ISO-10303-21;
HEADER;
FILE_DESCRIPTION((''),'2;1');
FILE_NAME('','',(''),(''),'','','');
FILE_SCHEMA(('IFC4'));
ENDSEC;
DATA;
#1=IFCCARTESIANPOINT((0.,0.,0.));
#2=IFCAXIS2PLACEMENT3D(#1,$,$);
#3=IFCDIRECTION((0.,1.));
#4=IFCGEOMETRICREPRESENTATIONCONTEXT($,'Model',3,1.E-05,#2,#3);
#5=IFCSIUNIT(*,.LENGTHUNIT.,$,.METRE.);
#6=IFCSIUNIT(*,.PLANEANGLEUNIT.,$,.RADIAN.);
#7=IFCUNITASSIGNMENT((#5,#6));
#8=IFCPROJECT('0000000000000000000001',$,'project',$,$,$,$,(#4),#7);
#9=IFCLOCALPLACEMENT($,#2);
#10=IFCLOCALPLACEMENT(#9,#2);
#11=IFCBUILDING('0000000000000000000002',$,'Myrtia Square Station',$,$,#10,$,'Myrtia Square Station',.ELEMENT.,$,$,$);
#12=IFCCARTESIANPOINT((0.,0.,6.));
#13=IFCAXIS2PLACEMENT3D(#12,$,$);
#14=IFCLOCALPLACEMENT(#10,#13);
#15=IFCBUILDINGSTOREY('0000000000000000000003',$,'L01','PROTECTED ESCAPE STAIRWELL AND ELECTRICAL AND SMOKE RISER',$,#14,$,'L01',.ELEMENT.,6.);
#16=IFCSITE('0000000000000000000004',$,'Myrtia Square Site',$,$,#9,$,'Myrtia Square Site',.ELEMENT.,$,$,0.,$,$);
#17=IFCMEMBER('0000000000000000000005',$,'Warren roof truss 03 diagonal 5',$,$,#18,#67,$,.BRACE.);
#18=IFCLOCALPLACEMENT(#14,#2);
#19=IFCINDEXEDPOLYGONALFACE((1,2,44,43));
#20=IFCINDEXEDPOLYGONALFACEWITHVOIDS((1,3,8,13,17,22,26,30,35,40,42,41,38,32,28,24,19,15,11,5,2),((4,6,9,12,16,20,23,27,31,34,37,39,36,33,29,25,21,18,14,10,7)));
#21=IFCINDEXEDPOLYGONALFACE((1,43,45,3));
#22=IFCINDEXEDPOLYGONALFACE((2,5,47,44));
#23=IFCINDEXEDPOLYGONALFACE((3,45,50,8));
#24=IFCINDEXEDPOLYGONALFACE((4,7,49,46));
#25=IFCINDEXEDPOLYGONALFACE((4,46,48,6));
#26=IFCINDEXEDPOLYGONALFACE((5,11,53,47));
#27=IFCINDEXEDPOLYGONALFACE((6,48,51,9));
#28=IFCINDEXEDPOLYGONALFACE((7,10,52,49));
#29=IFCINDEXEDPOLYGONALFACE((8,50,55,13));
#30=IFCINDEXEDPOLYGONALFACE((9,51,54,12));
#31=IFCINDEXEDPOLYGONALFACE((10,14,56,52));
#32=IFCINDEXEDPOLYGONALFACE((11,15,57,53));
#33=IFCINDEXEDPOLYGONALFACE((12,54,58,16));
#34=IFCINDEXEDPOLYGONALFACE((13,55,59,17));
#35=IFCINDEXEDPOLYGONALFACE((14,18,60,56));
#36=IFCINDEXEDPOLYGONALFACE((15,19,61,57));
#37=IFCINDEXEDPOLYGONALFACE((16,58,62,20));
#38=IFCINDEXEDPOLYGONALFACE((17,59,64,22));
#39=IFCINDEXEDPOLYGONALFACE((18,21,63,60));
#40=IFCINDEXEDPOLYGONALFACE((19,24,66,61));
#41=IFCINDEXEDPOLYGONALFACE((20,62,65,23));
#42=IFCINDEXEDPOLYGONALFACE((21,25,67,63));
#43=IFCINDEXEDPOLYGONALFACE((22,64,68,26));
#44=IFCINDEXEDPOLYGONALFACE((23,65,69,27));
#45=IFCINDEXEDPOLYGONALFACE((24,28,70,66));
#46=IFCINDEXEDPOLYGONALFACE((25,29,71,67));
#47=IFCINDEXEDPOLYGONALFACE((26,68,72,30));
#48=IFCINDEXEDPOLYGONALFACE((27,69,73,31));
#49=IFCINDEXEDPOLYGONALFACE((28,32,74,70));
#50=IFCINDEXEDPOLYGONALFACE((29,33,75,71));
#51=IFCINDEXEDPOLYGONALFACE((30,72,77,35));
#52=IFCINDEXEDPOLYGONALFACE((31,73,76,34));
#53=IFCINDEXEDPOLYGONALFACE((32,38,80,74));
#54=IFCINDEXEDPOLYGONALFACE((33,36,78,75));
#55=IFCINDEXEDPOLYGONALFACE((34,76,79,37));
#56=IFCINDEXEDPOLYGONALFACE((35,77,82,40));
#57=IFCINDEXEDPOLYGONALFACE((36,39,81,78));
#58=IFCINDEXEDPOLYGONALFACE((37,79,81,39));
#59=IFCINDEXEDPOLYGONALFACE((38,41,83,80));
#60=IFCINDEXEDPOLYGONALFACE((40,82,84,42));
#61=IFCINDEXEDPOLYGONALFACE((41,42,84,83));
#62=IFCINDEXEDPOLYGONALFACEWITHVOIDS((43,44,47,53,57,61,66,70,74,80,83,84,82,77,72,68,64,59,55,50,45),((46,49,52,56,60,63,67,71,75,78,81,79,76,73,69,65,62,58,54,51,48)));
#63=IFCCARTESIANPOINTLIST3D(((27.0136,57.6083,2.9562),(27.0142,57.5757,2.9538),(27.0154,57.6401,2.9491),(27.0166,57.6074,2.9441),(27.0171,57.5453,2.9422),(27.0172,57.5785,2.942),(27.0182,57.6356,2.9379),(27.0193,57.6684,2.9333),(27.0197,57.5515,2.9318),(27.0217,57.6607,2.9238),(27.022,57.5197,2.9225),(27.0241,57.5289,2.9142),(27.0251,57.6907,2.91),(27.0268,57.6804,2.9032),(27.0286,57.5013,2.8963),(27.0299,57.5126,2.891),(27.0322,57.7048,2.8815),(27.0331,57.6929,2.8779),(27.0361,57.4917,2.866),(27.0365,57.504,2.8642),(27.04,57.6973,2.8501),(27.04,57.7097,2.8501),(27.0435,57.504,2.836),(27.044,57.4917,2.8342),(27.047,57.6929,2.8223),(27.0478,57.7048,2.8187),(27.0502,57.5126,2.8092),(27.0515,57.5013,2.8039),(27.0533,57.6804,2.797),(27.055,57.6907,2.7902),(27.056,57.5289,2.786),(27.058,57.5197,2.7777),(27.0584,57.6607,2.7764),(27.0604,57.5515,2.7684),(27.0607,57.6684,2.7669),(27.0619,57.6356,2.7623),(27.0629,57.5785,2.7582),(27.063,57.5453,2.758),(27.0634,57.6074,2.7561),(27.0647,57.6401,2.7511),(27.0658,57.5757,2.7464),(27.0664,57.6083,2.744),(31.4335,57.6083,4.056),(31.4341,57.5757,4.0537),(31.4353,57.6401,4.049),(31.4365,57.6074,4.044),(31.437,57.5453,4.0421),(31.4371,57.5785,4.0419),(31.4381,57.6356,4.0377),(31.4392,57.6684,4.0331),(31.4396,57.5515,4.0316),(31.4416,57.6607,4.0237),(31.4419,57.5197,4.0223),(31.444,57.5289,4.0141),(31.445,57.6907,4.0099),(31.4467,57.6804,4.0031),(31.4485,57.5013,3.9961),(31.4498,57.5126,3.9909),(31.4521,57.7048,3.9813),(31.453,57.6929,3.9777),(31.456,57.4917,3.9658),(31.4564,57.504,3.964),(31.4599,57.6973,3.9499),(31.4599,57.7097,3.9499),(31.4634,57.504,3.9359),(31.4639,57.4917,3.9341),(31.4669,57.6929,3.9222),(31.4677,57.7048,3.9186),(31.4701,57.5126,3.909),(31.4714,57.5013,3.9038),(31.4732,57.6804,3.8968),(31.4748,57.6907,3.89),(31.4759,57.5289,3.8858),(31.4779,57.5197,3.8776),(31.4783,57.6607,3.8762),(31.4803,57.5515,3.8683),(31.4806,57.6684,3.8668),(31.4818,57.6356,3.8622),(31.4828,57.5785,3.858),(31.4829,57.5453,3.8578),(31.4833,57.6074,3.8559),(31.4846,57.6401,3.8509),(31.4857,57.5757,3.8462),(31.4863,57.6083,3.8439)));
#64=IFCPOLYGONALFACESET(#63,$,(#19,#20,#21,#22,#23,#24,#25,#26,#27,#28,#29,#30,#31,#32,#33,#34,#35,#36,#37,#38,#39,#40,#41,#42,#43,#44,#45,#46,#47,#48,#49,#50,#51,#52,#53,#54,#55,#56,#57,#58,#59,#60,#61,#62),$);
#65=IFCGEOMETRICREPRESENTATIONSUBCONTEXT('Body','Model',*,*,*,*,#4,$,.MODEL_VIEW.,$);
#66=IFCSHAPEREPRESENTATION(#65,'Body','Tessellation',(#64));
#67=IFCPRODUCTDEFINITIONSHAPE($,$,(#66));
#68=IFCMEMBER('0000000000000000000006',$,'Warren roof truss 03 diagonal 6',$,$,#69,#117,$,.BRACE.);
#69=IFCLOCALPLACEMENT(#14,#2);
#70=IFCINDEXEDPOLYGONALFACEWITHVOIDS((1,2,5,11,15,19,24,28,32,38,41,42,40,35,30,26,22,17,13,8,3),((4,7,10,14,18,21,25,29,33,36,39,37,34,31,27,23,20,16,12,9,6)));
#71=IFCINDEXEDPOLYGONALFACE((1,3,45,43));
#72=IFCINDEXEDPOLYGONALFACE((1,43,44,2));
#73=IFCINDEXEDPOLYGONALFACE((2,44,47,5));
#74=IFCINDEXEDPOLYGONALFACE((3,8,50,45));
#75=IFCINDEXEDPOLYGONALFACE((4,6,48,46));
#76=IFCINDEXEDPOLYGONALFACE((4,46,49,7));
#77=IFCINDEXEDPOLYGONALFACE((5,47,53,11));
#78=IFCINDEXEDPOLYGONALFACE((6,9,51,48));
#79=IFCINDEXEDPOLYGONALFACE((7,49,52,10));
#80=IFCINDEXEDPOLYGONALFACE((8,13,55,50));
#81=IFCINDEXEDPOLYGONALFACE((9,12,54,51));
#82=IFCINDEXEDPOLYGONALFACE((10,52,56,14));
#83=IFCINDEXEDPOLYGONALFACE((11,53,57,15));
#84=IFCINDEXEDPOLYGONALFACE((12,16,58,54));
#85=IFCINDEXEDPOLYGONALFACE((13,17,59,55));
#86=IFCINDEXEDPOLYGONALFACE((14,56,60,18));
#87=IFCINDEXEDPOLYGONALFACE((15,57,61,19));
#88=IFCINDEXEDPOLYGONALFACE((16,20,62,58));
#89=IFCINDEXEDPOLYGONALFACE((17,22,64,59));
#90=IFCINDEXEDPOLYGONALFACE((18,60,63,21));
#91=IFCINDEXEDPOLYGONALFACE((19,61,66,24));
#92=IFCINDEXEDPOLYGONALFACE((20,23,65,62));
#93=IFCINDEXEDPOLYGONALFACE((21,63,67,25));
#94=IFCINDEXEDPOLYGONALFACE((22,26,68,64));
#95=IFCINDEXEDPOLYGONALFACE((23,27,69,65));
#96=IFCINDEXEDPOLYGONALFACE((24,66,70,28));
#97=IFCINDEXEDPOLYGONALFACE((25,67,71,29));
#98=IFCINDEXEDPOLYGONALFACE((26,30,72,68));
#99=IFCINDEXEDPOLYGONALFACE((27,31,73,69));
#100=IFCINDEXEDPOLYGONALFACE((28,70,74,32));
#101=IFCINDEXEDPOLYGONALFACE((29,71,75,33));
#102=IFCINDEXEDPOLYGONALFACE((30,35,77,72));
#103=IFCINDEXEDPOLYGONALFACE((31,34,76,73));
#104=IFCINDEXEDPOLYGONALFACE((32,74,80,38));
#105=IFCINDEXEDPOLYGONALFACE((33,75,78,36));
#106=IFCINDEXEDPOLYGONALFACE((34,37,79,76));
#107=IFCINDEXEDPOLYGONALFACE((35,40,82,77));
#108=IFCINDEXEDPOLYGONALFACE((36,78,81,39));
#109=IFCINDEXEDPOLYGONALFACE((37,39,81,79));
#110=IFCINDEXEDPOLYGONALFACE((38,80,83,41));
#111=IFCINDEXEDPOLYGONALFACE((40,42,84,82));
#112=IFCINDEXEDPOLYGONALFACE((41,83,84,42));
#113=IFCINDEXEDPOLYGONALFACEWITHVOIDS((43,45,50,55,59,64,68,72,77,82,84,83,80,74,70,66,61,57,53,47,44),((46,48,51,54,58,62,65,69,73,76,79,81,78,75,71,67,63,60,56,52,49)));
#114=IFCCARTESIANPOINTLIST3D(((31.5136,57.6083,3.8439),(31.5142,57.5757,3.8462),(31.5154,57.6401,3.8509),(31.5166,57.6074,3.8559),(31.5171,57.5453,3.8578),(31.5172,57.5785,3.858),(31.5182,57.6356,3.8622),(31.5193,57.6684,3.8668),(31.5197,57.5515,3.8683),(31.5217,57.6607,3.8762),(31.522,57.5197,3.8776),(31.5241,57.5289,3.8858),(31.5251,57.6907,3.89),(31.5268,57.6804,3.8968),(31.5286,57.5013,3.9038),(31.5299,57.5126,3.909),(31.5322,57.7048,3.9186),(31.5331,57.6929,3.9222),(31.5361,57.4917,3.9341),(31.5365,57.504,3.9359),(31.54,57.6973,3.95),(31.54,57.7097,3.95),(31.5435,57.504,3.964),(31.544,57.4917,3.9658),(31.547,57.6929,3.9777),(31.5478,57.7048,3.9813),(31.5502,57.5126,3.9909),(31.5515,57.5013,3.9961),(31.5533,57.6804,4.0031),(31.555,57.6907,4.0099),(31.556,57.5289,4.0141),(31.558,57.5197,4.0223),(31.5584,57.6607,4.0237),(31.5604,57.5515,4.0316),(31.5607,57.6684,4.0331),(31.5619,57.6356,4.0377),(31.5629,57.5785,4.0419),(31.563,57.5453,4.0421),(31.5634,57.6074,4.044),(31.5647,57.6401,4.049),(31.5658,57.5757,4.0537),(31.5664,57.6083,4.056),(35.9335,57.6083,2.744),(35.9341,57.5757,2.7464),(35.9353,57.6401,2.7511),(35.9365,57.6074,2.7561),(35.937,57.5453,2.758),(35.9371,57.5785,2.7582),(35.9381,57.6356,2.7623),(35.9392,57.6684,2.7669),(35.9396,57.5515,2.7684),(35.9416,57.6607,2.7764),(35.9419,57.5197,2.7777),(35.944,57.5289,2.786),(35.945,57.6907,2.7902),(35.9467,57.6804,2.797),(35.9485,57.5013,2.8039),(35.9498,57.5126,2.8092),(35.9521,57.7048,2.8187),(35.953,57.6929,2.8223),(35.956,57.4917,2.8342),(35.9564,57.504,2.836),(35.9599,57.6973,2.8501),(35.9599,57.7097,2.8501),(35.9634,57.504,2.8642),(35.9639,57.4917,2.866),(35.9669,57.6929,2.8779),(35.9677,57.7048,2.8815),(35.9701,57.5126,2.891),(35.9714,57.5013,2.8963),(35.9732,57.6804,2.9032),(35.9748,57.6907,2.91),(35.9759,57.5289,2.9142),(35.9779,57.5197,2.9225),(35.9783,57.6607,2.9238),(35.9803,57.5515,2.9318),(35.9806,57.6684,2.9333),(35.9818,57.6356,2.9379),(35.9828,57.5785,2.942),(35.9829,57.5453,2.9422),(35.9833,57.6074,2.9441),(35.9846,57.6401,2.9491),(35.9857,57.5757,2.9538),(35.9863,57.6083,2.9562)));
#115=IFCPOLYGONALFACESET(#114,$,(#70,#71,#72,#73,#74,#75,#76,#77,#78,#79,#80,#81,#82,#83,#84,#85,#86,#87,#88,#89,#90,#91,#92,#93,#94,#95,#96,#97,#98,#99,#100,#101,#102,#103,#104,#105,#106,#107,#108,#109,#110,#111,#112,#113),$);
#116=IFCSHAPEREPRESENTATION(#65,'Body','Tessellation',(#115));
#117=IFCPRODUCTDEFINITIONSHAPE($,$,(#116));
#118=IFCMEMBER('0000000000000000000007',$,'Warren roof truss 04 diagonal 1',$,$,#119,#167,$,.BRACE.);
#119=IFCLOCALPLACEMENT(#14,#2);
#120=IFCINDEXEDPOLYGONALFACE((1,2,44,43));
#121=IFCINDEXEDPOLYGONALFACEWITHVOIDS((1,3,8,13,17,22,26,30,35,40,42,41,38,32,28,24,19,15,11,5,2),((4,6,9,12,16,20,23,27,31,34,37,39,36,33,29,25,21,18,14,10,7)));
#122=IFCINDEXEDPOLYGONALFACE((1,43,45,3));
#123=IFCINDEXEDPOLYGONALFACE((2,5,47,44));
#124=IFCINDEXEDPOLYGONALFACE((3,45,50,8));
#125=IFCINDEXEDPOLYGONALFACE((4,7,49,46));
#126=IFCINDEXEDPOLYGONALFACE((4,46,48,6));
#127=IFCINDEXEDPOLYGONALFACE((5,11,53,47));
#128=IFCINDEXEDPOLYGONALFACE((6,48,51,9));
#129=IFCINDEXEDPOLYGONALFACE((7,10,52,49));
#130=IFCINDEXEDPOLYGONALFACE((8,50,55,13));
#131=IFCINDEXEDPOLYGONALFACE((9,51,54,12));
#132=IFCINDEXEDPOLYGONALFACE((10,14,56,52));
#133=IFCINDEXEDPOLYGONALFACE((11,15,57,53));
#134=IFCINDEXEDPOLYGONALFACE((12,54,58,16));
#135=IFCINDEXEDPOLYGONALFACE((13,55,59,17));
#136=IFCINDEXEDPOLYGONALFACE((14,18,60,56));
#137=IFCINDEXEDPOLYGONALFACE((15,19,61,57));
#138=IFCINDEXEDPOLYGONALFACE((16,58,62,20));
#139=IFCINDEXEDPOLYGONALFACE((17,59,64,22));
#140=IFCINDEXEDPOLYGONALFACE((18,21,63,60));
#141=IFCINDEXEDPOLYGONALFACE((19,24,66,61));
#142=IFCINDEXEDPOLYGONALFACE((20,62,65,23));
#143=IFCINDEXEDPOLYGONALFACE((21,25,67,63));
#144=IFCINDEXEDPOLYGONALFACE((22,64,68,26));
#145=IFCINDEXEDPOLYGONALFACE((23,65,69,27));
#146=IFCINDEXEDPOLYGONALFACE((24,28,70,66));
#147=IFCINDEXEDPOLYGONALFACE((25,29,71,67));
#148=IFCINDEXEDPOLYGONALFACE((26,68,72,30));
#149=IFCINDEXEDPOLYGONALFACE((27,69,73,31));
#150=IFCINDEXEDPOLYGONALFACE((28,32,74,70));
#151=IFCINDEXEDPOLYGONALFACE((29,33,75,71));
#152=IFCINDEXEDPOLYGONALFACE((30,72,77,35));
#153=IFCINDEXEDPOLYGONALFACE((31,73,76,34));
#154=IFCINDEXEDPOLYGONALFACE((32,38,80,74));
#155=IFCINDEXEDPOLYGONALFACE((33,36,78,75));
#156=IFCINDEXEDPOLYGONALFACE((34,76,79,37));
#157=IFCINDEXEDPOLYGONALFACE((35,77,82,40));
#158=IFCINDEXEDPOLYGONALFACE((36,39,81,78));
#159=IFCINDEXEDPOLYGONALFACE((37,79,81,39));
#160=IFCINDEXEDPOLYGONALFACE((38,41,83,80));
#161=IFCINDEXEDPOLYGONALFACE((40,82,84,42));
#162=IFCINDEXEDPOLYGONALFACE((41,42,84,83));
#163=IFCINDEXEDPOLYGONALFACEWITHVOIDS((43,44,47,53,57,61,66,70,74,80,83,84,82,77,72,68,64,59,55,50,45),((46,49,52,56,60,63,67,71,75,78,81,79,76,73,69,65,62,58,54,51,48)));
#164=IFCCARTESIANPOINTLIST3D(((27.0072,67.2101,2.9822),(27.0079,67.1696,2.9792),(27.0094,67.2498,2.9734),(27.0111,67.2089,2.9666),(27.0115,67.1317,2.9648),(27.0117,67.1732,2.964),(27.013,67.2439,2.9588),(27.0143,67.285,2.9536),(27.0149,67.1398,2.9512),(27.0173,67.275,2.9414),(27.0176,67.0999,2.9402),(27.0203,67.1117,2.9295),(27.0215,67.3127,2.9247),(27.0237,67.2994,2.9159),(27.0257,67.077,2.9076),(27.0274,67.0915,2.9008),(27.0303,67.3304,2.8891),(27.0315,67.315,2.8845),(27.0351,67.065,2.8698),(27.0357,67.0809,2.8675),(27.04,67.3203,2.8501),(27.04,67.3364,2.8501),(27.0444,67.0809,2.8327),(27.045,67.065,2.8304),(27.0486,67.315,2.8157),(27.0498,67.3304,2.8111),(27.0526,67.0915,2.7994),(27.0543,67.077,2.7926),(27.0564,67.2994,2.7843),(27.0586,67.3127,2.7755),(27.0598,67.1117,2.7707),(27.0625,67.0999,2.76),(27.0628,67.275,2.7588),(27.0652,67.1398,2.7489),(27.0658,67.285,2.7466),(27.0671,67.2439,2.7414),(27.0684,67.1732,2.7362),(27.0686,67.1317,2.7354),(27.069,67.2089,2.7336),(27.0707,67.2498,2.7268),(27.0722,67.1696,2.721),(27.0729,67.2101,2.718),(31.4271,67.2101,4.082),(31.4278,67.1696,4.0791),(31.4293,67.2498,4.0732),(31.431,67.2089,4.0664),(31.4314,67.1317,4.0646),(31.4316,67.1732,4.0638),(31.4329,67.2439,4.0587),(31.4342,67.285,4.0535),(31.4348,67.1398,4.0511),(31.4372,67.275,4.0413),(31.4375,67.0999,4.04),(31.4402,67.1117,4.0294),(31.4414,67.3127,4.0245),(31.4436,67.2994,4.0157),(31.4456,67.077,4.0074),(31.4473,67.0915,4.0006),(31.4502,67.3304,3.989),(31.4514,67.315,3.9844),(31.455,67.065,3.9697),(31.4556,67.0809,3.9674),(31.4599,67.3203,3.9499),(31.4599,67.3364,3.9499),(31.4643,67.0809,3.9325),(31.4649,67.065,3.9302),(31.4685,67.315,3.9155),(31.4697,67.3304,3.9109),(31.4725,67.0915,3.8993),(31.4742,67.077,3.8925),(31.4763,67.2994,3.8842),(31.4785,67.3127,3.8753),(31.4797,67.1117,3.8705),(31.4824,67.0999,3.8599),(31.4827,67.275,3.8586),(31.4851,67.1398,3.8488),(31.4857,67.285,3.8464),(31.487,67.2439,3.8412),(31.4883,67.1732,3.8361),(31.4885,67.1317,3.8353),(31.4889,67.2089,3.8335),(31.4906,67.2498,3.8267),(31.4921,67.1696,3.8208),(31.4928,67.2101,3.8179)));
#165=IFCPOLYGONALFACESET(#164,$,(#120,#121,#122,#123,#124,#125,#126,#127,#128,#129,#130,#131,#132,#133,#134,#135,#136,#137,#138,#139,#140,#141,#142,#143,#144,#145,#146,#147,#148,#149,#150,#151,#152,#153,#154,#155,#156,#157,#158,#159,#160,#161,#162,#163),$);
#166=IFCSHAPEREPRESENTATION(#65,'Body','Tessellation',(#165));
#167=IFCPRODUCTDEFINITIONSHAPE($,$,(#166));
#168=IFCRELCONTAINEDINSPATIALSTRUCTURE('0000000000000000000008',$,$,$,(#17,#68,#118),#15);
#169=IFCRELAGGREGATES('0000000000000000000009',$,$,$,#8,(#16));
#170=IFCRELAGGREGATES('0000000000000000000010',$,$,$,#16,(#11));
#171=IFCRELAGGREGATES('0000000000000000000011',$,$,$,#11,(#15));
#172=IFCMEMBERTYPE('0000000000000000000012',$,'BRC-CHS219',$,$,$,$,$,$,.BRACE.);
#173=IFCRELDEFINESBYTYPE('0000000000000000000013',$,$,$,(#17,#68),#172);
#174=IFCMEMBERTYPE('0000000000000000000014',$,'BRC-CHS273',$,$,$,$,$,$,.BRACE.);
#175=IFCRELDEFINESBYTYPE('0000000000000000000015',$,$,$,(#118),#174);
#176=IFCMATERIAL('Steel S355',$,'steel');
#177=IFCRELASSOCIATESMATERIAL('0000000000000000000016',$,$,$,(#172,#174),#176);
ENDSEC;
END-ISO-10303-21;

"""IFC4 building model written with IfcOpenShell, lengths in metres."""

from ifc_helpers import new_model, si_unit, direction, frame, origin, origin_2d, place, context, subcontext, project, spatial, hollow_circle, extrude, material, material_profile, profile_set, type_object, element, save


model = new_model("IFC4")

# Units and contexts
model_context = context("Model", 3, precision=1e-05, world=origin(), true_north=direction((0.0, 1.0)))
body_context = subcontext(model_context, "Body", "Model", "MODEL_VIEW")
ifc_project = project(units=[si_unit("LENGTHUNIT", "METRE"), si_unit("PLANEANGLEUNIT", "RADIAN")], contexts=[model_context])

# Site, building, storey
site_placement = place(None, origin())
site = spatial("IfcSite", under=ifc_project, at=site_placement, Name="Myrtia Square Site", LongName="Myrtia Square Site", CompositionType="ELEMENT", RefElevation=0.0)
building_placement = place(site_placement, origin())
building = spatial("IfcBuilding", under=site, at=building_placement, Name="Myrtia Square Station", LongName="Myrtia Square Station", CompositionType="ELEMENT")
storey_placement = place(building_placement, frame((0.0, 0.0, 6.0)))
storey = spatial("IfcBuildingStorey", under=building, at=storey_placement, Name="L01", Description="PROTECTED ESCAPE STAIRWELL AND ELECTRICAL AND SMOKE RISER", LongName="L01", CompositionType="ELEMENT", Elevation=6.0)

# Shared definitions
ifc_material_1 = material(Name="Steel S355", Category="steel")

# Members
ifc_material_profile_1 = material_profile(ifc_material_1, hollow_circle(Radius=0.1096, WallThickness=0.0125, at=origin_2d()), Name="CHS 219.1x12.5")
ifc_profile_set_1 = profile_set([ifc_material_profile_1], Name="Steel S355")
member_type_1 = type_object("IfcMemberType", Name="BRC-CHS219", PredefinedType="BRACE", material=ifc_profile_set_1)
for number, where, z_axis, x_axis, name in (
    (1, (27.04, 57.6001, 2.8501), (0.970407, 0.0, 0.241476), (0.0, 1.0, 0.0), "Warren roof truss 03 diagonal 5"),
    (2, (31.54, 57.6001, 3.95), (0.970407, 0.0, -0.241476), (0.0, 1.0, 0.0), "Warren roof truss 03 diagonal 6"),
):
    element("IfcMember", number, at=place(storey_placement, frame(where, z_axis=z_axis, x_axis=x_axis)), inside=storey, type_object=member_type_1, Name=name, PredefinedType="BRACE", context=body_context, shape_type="SweptSolid", body=[
        extrude(hollow_circle(Radius=0.1096, WallThickness=0.0125, at=origin_2d()), origin(), (0.0, 0.0, 1.0), 4.5547),
    ])
ifc_material_profile_2 = material_profile(ifc_material_1, hollow_circle(Radius=0.1365, WallThickness=0.0161, at=origin_2d()), Name="CHS 273x16")
ifc_profile_set_2 = profile_set([ifc_material_profile_2], Name="Steel S355")
member_type_2 = type_object("IfcMemberType", Name="BRC-CHS273", PredefinedType="BRACE", material=ifc_profile_set_2)
member_placement = place(storey_placement, frame((27.04, 67.2, 2.8501), z_axis=(0.970407, 0.0, 0.241476), x_axis=(0.0, 1.0, 0.0)))
element("IfcMember", 3, at=member_placement, inside=storey, type_object=member_type_2, Name="Warren roof truss 04 diagonal 1", PredefinedType="BRACE", context=body_context, shape_type="SweptSolid", body=[
    extrude(hollow_circle(Radius=0.1365, WallThickness=0.0161, at=origin_2d()), origin(), (0.0, 0.0, 1.0), 4.5547),
])

save(model, "model.ifc")
